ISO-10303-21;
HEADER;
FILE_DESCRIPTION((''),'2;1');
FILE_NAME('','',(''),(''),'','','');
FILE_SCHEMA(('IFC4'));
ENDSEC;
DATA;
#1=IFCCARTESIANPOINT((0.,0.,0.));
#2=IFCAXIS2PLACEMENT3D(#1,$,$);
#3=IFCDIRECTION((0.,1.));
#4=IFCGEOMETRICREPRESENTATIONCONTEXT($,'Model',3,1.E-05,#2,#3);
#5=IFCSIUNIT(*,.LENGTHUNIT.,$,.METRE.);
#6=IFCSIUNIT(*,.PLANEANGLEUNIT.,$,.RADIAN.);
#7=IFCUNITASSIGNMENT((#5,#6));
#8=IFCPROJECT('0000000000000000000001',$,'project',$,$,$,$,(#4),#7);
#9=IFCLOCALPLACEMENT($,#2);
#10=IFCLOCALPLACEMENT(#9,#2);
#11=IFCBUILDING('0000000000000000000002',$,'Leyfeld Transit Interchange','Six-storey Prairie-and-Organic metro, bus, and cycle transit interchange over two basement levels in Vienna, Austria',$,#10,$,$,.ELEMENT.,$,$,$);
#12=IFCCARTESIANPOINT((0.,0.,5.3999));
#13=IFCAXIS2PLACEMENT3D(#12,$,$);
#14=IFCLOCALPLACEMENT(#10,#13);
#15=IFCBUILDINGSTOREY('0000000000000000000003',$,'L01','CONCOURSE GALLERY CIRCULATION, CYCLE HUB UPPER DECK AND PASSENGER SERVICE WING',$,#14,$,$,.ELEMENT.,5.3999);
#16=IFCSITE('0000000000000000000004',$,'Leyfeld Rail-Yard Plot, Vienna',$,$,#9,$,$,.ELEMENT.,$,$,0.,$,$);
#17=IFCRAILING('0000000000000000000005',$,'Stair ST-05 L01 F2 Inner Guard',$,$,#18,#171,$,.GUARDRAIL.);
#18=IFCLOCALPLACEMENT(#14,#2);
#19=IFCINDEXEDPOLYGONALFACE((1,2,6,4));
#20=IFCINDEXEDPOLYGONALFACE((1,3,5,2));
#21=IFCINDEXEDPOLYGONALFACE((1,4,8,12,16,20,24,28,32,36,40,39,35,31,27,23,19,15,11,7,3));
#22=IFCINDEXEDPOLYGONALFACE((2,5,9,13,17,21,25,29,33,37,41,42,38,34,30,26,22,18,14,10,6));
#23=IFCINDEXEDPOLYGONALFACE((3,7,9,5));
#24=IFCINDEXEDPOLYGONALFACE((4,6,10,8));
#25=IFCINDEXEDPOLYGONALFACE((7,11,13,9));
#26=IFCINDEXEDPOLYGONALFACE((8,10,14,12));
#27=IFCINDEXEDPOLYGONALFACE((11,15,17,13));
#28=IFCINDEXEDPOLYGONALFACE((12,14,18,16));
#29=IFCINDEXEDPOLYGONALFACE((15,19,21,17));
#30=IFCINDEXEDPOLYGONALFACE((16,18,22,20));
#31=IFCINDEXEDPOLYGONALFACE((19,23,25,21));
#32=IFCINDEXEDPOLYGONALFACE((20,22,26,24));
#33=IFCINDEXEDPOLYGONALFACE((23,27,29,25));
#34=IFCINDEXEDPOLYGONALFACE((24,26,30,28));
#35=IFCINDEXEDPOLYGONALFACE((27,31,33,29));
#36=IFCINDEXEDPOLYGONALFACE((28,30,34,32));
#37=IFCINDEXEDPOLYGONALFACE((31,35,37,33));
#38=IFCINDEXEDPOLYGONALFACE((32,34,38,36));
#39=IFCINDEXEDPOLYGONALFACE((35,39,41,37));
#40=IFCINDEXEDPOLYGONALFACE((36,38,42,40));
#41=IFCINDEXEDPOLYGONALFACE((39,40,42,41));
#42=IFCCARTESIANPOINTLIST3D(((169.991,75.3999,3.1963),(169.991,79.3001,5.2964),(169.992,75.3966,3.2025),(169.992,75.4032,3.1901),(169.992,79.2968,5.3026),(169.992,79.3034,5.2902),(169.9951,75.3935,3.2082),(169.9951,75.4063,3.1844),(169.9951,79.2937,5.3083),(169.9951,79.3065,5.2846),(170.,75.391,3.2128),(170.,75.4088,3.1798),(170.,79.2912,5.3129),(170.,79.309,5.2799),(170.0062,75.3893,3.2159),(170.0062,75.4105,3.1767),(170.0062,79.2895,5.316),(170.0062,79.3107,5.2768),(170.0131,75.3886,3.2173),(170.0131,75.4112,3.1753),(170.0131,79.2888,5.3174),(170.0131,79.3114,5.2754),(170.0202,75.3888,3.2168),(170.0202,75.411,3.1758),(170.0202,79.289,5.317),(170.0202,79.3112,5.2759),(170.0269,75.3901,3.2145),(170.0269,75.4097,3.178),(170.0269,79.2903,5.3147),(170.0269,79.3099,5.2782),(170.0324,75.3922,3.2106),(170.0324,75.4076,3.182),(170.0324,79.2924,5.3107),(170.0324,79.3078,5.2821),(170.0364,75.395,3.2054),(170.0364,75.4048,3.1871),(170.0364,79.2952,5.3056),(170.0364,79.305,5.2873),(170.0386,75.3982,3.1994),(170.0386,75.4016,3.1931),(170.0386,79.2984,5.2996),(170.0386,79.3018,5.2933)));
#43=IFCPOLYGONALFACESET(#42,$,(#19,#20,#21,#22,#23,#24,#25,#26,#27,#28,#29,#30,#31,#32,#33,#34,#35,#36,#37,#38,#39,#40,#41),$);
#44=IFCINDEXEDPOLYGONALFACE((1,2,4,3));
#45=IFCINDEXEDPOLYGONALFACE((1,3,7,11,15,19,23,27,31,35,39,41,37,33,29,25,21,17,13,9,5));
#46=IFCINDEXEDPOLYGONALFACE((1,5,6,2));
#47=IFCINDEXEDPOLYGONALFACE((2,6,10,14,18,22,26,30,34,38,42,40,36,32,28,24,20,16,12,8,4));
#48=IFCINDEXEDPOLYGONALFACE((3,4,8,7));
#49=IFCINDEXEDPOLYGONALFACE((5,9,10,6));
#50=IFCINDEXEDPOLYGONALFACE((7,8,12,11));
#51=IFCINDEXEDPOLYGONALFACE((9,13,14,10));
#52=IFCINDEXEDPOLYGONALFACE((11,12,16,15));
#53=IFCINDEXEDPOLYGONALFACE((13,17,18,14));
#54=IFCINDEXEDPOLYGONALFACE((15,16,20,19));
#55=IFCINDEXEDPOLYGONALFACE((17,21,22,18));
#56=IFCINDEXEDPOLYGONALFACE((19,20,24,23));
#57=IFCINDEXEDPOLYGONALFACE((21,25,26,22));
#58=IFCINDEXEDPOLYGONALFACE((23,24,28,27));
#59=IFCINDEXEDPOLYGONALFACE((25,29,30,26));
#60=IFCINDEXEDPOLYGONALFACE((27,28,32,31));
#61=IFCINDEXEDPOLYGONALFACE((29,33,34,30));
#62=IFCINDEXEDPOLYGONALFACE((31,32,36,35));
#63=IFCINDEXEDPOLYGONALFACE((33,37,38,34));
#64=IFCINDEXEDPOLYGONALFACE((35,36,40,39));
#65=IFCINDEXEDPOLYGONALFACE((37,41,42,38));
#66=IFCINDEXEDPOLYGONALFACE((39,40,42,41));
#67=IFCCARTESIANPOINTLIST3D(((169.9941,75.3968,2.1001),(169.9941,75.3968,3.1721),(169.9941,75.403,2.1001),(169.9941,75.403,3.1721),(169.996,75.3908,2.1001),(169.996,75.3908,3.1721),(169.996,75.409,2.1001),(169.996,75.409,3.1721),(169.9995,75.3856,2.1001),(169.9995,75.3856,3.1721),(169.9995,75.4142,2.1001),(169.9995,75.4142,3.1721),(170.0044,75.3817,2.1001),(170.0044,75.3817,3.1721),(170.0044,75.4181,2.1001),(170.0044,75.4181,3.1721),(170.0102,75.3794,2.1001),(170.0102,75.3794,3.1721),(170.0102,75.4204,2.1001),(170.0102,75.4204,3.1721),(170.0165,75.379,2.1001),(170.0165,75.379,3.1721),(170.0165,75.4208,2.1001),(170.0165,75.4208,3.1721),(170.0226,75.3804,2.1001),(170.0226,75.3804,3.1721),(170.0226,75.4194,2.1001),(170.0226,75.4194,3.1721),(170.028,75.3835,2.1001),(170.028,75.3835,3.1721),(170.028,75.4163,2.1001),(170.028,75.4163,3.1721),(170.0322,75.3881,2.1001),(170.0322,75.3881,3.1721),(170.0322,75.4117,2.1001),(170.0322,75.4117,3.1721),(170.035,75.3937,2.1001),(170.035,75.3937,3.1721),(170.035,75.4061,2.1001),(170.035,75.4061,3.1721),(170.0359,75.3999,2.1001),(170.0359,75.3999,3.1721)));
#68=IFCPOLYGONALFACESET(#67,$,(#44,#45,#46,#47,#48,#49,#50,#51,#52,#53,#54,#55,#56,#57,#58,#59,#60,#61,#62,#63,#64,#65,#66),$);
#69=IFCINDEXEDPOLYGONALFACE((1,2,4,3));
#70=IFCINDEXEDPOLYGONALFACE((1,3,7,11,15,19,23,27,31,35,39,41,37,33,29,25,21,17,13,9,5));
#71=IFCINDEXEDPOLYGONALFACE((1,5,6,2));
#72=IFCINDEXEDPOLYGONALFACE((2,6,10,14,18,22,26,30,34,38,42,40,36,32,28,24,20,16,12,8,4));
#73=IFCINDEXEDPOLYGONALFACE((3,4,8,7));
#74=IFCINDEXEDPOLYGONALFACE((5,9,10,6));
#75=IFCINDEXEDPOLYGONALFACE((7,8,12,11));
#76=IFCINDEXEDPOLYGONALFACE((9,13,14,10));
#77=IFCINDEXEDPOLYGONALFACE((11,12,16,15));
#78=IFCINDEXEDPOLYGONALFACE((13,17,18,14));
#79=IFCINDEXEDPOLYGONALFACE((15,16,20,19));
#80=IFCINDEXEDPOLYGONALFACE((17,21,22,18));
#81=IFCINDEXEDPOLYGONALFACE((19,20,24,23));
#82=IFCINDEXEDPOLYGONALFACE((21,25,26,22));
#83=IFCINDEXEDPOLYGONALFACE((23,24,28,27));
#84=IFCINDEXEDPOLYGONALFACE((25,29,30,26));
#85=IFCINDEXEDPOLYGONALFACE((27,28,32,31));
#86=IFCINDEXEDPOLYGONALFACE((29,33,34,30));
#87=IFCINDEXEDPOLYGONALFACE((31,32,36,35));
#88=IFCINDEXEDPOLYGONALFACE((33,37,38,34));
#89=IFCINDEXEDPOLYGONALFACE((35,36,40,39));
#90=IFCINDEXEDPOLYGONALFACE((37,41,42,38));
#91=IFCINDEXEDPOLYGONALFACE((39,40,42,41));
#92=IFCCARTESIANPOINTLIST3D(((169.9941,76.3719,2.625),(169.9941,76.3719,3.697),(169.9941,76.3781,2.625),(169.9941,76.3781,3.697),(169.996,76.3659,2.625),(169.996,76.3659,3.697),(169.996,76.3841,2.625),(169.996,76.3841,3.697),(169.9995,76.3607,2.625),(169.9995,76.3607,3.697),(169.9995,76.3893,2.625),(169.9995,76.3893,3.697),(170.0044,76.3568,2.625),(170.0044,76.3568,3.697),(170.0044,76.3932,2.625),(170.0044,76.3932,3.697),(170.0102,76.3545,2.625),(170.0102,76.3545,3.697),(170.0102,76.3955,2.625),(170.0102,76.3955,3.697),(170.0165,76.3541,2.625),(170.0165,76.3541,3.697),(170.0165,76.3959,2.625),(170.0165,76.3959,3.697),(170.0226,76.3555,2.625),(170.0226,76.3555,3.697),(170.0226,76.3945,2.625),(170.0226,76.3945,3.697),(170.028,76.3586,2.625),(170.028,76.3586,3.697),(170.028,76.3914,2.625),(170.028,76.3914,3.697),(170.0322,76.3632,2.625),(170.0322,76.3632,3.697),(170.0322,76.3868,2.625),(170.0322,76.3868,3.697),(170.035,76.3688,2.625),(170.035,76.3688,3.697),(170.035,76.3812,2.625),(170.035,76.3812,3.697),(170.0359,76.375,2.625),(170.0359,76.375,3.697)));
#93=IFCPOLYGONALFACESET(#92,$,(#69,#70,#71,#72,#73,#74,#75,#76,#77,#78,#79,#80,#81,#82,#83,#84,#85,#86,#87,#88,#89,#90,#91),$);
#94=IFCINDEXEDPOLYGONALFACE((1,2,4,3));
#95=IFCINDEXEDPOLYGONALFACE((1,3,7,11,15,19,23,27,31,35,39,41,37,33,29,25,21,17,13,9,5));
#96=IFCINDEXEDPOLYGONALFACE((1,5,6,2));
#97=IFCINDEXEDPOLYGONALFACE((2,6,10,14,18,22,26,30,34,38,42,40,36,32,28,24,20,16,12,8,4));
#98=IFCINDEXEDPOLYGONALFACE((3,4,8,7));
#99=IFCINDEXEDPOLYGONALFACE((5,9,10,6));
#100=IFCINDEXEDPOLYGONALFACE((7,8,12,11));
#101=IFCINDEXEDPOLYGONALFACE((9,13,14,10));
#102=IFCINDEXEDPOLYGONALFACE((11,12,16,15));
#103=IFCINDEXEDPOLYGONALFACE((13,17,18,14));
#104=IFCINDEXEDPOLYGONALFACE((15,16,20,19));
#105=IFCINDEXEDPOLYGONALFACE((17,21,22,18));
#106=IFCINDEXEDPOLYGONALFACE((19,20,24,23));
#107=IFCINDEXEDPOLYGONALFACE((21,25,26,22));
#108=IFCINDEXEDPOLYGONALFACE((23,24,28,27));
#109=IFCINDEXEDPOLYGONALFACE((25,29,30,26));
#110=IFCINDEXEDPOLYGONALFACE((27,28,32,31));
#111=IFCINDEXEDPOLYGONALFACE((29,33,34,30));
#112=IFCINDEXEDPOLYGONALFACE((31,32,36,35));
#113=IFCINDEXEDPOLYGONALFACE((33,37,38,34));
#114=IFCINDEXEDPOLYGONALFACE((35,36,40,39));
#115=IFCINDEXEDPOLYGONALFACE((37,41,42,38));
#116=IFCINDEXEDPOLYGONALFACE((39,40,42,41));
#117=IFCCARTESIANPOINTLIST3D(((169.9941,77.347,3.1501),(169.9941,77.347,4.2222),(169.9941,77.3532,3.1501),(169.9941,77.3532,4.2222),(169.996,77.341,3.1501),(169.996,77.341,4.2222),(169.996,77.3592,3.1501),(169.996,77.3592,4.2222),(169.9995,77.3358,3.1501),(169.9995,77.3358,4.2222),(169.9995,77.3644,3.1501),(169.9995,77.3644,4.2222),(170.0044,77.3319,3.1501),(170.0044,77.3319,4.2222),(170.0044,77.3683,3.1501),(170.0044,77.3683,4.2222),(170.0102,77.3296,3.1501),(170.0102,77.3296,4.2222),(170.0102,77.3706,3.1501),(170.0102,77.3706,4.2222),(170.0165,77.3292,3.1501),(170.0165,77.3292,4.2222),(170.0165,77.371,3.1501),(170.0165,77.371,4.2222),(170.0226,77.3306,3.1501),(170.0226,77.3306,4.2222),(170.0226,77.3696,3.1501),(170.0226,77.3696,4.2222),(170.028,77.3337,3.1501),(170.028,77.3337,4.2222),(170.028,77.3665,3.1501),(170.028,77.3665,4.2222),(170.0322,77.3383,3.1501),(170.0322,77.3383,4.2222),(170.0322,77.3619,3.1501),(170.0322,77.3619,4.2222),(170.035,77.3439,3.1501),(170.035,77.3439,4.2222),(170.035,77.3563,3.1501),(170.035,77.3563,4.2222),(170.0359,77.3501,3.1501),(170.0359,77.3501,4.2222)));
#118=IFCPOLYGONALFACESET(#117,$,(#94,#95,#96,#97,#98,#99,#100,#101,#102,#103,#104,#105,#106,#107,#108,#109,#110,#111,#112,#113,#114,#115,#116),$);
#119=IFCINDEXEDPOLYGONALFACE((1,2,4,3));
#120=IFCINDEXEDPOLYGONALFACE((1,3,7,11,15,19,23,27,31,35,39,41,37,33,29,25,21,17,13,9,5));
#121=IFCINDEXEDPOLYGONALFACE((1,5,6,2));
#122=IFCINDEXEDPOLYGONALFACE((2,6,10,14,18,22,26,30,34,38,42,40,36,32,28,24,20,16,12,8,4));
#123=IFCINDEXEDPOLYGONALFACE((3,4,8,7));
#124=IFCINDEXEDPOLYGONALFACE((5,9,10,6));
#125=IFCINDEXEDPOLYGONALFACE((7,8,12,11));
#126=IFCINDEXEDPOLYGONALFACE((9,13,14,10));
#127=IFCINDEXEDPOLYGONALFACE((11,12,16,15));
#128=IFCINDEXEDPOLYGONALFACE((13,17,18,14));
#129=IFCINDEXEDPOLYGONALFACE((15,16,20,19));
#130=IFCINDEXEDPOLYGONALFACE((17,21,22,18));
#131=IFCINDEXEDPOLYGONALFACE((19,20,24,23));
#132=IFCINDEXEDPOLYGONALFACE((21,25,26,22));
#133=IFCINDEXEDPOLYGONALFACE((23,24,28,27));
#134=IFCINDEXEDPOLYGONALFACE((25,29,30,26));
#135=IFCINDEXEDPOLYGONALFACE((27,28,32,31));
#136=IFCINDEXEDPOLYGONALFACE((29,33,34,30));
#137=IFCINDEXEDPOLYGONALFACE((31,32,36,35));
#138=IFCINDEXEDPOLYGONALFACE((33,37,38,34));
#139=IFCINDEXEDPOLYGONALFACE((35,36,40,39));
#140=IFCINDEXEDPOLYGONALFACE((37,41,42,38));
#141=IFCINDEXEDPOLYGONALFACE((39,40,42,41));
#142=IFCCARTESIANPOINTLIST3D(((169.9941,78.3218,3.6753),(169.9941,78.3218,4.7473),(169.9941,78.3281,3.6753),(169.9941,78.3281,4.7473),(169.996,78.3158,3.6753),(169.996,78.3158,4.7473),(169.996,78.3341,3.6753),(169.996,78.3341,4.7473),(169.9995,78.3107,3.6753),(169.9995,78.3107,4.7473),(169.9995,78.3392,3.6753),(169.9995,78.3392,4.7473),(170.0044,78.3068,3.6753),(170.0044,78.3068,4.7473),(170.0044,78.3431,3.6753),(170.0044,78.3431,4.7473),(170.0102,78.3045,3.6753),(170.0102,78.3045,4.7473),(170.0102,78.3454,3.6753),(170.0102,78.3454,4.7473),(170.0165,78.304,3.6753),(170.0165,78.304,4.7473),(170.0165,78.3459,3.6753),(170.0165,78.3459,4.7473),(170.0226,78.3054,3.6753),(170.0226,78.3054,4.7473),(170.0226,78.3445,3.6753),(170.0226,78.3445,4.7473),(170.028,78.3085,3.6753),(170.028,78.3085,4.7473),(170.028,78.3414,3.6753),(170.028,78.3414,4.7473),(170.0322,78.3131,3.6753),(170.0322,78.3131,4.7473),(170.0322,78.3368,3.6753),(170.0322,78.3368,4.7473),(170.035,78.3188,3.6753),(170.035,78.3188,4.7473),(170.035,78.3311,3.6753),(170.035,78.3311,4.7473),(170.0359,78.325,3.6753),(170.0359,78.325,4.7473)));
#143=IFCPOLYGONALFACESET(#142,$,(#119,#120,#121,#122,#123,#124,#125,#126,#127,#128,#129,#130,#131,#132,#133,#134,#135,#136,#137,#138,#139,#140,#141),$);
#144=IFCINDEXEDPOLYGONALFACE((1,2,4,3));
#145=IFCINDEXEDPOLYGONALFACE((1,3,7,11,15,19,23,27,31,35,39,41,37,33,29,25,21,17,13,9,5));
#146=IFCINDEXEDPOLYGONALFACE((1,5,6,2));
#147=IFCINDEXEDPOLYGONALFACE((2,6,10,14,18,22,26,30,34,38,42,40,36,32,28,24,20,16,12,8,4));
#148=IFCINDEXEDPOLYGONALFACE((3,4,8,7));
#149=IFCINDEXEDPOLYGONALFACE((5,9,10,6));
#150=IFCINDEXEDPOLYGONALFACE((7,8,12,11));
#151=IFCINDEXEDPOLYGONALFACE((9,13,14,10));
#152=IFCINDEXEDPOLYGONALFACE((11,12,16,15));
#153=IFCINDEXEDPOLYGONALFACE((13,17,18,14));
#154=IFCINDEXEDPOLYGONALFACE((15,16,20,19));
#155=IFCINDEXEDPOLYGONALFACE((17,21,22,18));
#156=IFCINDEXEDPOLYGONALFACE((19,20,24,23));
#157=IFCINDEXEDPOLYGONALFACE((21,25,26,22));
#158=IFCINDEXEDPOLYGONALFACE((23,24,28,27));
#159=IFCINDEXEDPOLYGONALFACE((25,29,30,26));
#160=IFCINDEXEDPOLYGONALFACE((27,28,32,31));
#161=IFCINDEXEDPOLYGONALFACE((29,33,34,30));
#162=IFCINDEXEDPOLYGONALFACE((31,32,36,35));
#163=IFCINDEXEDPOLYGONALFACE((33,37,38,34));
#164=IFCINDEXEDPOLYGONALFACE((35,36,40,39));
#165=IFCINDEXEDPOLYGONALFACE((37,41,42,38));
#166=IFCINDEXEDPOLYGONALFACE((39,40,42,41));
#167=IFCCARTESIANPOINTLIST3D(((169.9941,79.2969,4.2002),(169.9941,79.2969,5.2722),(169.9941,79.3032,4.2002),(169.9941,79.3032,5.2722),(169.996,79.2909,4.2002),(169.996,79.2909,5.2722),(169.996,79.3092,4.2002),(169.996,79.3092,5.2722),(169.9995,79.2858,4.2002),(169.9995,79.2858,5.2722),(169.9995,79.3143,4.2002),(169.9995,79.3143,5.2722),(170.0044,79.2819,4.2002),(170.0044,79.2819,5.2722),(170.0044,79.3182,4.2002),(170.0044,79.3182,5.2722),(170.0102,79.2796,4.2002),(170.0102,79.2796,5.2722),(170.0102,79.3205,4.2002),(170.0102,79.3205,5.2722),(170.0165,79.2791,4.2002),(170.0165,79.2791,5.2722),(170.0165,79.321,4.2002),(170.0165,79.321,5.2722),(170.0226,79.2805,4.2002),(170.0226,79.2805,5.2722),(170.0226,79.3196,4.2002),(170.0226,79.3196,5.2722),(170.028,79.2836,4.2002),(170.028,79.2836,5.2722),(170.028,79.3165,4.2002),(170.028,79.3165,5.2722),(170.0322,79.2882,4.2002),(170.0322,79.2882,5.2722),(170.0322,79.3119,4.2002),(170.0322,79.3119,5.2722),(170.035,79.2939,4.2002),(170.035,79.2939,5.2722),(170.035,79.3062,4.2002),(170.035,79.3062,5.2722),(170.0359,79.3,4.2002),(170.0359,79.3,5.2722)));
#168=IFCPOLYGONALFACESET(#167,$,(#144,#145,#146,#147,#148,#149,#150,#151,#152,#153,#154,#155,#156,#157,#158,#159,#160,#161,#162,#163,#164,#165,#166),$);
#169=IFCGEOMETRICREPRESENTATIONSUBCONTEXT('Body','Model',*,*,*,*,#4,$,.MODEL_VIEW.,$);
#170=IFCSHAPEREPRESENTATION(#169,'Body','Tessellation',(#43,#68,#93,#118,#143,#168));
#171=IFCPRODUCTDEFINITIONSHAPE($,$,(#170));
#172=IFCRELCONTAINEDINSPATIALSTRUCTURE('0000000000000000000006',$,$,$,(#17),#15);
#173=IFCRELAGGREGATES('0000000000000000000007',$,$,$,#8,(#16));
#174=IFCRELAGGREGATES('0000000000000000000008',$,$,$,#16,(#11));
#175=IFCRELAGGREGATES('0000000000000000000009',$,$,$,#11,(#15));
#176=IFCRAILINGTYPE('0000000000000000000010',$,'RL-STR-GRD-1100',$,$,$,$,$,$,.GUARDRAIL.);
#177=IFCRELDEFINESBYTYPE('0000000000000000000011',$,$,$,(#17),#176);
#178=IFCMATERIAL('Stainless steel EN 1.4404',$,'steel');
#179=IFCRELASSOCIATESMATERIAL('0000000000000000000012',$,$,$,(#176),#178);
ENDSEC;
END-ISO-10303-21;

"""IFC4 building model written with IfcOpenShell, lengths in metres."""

from ifc_helpers import new_model, si_unit, direction, frame, origin, origin_2d, place, context, subcontext, project, spatial, circle, extrude, material, type_object, element, save


model = new_model("IFC4")

# Units and contexts
model_context = context("Model", 3, precision=1e-05, world=origin(), true_north=direction((0.0, 1.0)))
body_context = subcontext(model_context, "Body", "Model", "MODEL_VIEW")
ifc_project = project(units=[si_unit("LENGTHUNIT", "METRE"), si_unit("PLANEANGLEUNIT", "RADIAN")], contexts=[model_context])

# Site, building, storey
site_placement = place(None, origin())
site = spatial("IfcSite", under=ifc_project, at=site_placement, Name="Leyfeld Rail-Yard Plot, Vienna", CompositionType="ELEMENT", RefElevation=0.0)
building_placement = place(site_placement, origin())
building = spatial("IfcBuilding", under=site, at=building_placement, Name="Leyfeld Transit Interchange", Description="Six-storey Prairie-and-Organic metro, bus, and cycle transit interchange over two basement levels in Vienna, Austria", CompositionType="ELEMENT")
storey_placement = place(building_placement, frame((0.0, 0.0, 5.3999)))
storey = spatial("IfcBuildingStorey", under=building, at=storey_placement, Name="L01", Description="CONCOURSE GALLERY CIRCULATION, CYCLE HUB UPPER DECK AND PASSENGER SERVICE WING", CompositionType="ELEMENT", Elevation=5.3999)

# Railing
ifc_material_1 = material(Name="Stainless steel EN 1.4404", Category="steel")
railing_type_1 = type_object("IfcRailingType", Name="RL-STR-GRD-1100", PredefinedType="GUARDRAIL", material=ifc_material_1)
for number, where, name in (
    (1, (170.0149, 75.3999, 2.1001), "Stair ST-05 L01 F2 Inner Guard"),
):
    element("IfcRailing", number, at=place(storey_placement, frame(where)), inside=storey, type_object=railing_type_1, Name=name, PredefinedType="GUARDRAIL", context=body_context, shape_type="SweptSolid", body=[
        extrude(circle(Radius=0.0239, at=origin_2d()), frame((0.0, 0.0, 1.0962), z_axis=(0.0, 0.880469, 0.474103), x_axis=(-1.0, 0.0, 0.0)), (0.0, 0.0, 1.0), 4.4297),
        extrude(circle(Radius=0.021, at=origin_2d()), origin(), (0.0, 0.0, 1.0), 1.072),
        extrude(circle(Radius=0.021, at=origin_2d()), frame((0.0, 0.9751, 0.5249)), (0.0, 0.0, 1.0), 1.072),
        extrude(circle(Radius=0.021, at=origin_2d()), frame((0.0, 1.9502, 1.05)), (0.0, 0.0, 1.0), 1.072),
        extrude(circle(Radius=0.021, at=origin_2d()), frame((0.0, 2.925, 1.5752)), (0.0, 0.0, 1.0), 1.072),
        extrude(circle(Radius=0.021, at=origin_2d()), frame((0.0, 3.9001, 2.1001)), (0.0, 0.0, 1.0), 1.072),
    ])

save(model, "model.ifc")
